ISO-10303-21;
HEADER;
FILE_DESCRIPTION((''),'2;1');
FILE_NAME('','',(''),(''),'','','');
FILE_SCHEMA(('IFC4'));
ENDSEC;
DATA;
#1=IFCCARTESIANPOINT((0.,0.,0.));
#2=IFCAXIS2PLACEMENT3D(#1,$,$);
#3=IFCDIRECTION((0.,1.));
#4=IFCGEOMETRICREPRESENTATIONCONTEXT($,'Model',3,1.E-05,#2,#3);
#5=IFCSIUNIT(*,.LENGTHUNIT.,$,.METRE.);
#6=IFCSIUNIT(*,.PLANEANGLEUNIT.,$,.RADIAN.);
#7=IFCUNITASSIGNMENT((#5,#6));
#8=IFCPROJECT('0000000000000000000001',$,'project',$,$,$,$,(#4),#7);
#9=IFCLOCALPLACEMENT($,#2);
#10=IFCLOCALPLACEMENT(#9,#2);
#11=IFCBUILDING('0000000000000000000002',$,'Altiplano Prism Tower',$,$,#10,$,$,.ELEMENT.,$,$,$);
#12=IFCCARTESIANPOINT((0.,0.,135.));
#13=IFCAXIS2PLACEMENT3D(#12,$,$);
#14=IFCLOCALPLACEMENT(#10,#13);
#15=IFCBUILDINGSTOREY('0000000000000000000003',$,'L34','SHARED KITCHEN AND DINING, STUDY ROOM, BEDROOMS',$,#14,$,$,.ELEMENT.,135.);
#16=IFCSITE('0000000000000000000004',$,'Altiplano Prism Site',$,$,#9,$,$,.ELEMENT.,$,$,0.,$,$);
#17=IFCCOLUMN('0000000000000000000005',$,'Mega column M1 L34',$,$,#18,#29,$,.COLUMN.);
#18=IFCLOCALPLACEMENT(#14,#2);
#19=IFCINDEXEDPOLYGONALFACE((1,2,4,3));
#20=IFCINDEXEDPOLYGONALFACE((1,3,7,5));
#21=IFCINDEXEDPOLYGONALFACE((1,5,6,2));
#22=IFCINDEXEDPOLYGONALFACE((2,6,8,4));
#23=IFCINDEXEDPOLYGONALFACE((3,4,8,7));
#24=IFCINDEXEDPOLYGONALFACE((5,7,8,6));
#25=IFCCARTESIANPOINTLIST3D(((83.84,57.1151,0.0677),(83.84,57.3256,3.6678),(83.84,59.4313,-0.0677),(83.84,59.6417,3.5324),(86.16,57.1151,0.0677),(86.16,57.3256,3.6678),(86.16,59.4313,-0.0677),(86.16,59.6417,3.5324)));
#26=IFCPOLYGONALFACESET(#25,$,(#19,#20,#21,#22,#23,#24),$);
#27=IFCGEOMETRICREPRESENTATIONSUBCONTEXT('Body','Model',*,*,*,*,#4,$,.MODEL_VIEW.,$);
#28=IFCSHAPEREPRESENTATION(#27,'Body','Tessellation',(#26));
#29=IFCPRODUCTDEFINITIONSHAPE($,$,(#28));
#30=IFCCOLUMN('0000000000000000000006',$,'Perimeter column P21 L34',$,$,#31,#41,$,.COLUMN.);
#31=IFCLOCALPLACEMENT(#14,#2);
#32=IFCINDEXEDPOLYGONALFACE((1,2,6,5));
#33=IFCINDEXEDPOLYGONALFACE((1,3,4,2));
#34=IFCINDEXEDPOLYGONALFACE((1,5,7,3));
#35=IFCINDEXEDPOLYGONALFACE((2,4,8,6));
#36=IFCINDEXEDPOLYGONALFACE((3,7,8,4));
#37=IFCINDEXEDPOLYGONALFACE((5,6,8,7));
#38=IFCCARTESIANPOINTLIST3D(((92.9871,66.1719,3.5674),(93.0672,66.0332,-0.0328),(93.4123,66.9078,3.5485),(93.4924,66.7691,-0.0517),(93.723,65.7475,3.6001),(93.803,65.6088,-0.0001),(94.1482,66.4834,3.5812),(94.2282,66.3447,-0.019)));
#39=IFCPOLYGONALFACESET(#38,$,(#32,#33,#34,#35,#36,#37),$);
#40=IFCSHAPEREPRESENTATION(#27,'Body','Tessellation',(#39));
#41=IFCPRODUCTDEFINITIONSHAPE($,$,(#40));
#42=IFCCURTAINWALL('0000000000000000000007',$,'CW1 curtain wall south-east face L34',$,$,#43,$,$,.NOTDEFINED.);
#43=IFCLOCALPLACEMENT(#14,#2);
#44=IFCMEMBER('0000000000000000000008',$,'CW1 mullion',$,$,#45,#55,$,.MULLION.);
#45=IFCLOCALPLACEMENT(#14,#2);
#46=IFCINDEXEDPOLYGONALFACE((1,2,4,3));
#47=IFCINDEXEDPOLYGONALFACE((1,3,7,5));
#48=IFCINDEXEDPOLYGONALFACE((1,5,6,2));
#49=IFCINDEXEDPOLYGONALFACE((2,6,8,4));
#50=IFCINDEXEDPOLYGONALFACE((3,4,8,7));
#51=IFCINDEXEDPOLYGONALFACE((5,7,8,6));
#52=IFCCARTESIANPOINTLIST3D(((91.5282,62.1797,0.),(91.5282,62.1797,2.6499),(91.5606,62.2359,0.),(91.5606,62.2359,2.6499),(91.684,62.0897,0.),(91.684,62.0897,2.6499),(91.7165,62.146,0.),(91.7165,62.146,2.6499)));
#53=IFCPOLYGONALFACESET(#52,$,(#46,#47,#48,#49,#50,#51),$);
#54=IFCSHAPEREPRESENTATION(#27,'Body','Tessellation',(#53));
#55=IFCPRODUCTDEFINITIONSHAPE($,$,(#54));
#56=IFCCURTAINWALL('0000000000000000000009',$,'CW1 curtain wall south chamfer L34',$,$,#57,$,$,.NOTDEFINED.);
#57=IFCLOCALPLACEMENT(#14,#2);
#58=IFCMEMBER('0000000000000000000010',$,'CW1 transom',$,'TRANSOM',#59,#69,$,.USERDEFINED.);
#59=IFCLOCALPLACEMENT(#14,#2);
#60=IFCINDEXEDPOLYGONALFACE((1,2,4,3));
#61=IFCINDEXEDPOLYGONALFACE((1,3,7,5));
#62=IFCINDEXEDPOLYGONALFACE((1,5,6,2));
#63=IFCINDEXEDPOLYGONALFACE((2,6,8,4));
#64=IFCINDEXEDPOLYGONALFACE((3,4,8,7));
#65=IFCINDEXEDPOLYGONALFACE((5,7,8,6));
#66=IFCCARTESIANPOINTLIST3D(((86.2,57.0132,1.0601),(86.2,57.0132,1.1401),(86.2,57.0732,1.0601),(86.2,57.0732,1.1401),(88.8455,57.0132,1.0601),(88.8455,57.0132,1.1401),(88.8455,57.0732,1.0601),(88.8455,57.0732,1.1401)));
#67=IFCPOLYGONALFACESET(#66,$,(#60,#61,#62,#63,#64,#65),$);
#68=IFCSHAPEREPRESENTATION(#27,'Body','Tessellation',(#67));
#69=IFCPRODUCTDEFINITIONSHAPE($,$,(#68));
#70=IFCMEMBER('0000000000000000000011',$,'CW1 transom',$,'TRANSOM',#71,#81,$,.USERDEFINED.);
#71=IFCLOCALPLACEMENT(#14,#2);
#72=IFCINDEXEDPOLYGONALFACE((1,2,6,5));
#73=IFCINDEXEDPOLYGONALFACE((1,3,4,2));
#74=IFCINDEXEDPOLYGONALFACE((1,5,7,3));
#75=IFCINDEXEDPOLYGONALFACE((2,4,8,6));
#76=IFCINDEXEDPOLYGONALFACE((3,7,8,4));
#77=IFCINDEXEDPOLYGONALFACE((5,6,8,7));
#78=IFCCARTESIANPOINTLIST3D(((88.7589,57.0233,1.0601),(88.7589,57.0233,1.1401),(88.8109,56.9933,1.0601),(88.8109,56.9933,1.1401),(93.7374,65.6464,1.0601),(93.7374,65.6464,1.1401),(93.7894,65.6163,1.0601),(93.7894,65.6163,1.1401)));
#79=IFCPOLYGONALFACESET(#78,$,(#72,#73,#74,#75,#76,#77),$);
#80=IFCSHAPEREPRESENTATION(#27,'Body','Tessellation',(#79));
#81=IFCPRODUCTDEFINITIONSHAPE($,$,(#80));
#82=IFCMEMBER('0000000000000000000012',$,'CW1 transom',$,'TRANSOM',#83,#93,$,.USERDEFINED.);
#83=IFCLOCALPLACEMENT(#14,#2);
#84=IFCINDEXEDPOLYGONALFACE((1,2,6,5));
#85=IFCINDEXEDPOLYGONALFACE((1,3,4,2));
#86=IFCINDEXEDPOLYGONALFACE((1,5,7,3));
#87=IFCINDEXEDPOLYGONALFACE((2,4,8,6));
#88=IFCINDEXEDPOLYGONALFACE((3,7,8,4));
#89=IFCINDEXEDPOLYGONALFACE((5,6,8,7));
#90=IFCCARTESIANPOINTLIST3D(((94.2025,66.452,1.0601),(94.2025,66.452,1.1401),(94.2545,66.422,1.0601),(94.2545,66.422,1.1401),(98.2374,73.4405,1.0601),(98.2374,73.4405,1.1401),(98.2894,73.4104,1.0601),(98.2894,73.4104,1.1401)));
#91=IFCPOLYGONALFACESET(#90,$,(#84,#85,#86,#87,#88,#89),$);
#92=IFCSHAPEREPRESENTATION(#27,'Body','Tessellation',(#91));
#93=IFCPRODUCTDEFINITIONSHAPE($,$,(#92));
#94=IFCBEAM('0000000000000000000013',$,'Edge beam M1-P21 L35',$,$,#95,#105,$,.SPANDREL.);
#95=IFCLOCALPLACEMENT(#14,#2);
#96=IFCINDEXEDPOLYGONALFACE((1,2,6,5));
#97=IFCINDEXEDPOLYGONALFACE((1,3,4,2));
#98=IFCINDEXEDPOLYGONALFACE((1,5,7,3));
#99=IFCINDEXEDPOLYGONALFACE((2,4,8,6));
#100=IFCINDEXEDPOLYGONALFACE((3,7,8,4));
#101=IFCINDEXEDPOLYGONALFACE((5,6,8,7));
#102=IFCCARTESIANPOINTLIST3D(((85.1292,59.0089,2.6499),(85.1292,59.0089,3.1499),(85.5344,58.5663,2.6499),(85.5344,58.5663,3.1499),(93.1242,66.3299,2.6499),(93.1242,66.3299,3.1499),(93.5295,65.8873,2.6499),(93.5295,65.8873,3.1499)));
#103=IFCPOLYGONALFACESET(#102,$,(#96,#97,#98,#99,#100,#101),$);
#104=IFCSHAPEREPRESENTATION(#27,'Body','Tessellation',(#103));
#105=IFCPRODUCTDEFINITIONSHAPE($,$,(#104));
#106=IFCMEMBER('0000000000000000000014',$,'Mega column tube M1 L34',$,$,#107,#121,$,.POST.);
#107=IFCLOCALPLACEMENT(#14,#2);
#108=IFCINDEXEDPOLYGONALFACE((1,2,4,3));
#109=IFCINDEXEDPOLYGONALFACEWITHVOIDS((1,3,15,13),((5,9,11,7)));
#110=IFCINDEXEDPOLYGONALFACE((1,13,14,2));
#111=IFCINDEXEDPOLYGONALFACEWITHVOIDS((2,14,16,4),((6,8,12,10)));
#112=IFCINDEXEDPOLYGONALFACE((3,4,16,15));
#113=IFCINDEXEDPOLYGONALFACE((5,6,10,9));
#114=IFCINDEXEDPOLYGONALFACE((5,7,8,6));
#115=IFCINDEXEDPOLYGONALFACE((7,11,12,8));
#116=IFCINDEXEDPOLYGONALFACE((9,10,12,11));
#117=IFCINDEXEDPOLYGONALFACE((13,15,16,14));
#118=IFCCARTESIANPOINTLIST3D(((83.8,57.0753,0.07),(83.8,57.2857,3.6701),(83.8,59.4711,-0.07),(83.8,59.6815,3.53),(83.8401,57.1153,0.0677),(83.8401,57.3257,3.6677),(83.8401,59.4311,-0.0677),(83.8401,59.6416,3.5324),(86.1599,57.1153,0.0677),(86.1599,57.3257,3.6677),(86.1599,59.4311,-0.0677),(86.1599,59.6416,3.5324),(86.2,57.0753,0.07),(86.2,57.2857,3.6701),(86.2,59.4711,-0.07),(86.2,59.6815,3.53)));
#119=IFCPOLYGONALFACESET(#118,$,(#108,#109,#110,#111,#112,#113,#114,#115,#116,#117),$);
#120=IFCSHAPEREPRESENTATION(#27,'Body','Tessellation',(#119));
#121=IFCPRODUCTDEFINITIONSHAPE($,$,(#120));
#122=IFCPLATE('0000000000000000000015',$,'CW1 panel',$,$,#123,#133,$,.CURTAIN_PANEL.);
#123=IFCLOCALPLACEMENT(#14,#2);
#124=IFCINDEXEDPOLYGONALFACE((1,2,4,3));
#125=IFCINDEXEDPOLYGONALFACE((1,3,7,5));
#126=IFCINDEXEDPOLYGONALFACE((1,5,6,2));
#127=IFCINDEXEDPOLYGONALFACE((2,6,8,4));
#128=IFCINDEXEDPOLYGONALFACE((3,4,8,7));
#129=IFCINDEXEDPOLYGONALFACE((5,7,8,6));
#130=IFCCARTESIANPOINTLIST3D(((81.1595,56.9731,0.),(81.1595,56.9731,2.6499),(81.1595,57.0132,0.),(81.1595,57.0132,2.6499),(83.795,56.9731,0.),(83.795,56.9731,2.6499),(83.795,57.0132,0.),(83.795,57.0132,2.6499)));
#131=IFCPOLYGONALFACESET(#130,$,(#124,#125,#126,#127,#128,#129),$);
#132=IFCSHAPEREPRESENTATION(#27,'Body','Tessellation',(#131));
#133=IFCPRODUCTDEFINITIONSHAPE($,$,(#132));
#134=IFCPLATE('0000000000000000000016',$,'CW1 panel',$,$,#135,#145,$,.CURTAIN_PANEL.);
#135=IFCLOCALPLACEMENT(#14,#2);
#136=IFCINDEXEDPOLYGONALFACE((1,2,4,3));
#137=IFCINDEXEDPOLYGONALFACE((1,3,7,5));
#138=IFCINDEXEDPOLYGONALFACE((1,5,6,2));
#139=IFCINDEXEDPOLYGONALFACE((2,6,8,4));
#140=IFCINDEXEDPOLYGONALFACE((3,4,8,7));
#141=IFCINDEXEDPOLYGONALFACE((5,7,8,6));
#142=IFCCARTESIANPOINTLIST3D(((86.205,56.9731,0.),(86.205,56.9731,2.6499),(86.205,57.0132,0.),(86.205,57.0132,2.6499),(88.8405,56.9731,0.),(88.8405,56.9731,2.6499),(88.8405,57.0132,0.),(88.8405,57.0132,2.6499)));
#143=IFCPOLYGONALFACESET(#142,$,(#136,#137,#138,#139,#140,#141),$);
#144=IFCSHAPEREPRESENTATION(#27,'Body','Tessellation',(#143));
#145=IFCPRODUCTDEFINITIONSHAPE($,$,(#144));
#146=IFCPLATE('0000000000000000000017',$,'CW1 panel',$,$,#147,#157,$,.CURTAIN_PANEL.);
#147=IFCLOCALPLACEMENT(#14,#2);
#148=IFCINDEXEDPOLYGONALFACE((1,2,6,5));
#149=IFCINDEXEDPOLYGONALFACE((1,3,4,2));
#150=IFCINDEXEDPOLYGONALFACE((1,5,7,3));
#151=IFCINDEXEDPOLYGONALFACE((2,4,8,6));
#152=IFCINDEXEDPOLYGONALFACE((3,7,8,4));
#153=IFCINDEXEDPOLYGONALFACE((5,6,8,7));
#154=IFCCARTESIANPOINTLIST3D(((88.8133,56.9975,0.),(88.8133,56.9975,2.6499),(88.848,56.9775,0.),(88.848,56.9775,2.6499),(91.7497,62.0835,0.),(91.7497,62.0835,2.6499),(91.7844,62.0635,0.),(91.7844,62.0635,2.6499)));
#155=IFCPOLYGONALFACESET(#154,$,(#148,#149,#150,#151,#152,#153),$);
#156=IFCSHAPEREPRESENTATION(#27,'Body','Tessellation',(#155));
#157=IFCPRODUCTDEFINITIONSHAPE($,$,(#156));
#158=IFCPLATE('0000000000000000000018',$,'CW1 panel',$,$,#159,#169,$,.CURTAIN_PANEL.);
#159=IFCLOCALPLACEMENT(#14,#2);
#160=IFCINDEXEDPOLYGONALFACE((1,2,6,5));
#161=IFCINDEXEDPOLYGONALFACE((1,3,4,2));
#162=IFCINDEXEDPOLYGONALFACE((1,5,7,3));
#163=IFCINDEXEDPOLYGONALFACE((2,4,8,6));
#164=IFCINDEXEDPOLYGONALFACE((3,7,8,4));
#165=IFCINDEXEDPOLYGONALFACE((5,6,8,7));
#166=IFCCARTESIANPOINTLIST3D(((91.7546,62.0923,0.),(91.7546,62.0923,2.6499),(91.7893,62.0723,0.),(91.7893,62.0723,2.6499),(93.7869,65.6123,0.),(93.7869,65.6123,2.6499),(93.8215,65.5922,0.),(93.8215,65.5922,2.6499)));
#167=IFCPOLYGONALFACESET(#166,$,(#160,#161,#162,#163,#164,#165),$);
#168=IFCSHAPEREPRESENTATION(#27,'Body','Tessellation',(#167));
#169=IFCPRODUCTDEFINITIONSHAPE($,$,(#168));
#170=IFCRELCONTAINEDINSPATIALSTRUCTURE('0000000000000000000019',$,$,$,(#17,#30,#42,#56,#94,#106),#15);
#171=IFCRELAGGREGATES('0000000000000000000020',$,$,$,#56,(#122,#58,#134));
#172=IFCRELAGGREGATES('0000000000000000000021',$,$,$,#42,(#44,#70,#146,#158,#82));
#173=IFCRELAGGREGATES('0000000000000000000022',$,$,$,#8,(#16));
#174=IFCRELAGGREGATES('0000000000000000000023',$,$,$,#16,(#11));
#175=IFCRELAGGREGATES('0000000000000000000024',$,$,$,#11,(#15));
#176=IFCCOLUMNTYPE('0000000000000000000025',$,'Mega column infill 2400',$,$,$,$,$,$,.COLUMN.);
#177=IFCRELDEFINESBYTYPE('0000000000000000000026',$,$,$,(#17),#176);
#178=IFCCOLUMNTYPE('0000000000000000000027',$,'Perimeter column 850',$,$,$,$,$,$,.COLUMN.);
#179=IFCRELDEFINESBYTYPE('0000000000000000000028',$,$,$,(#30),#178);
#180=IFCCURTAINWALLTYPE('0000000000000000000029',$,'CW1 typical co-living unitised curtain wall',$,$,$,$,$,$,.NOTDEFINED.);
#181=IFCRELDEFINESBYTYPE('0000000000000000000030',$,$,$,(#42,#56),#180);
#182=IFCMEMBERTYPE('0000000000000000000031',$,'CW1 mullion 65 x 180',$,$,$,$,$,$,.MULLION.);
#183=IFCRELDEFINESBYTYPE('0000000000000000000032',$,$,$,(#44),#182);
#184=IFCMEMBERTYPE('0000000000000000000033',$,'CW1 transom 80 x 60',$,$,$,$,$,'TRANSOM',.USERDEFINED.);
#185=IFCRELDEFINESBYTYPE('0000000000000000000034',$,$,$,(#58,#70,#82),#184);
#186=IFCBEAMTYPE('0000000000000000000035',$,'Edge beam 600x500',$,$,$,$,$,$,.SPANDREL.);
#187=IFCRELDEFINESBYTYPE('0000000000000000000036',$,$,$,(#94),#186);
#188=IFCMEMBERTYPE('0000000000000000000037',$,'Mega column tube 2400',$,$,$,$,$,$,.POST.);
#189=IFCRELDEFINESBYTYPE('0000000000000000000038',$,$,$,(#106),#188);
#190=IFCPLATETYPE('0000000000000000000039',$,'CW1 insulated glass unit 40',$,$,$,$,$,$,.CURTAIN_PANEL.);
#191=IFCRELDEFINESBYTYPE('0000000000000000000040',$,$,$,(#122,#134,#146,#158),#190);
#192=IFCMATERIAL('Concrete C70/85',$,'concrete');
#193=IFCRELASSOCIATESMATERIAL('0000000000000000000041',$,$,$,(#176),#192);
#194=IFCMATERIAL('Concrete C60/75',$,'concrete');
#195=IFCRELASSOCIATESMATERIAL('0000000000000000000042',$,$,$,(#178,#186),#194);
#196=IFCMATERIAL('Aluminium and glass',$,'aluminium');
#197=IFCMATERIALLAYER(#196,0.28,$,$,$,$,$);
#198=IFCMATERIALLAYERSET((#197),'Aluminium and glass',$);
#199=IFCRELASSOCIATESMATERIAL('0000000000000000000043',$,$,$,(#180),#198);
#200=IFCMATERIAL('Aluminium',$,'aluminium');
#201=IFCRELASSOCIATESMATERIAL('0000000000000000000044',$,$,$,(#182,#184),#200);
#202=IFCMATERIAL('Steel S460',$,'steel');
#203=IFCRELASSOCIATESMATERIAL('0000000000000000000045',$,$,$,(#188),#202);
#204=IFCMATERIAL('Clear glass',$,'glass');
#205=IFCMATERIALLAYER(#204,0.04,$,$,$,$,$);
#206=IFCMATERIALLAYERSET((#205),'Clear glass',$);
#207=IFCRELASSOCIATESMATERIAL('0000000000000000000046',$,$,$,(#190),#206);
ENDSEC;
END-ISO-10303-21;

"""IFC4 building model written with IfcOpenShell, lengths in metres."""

from ifc_helpers import new_model, si_unit, direction, frame, origin, origin_2d, place, context, subcontext, project, spatial, rectangle, hollow_rectangle, extrude, material, layer, layer_set, material_profile, profile_set, type_object, element, aggregate, save


model = new_model("IFC4")

# Units and contexts
model_context = context("Model", 3, precision=1e-05, world=origin(), true_north=direction((0.0, 1.0)))
body_context = subcontext(model_context, "Body", "Model", "MODEL_VIEW")
ifc_project = project(units=[si_unit("LENGTHUNIT", "METRE"), si_unit("PLANEANGLEUNIT", "RADIAN")], contexts=[model_context])

# Site, building, storey
site_placement = place(None, origin())
site = spatial("IfcSite", under=ifc_project, at=site_placement, Name="Altiplano Prism Site", CompositionType="ELEMENT", RefElevation=0.0)
building_placement = place(site_placement, origin())
building = spatial("IfcBuilding", under=site, at=building_placement, Name="Altiplano Prism Tower", CompositionType="ELEMENT")
storey_placement = place(building_placement, frame((0.0, 0.0, 135.0)))
storey = spatial("IfcBuildingStorey", under=building, at=storey_placement, Name="L34", Description="SHARED KITCHEN AND DINING, STUDY ROOM, BEDROOMS", CompositionType="ELEMENT", Elevation=135.0)

# Columns
ifc_material_1 = material(Name="Concrete C70/85", Category="concrete")
ifc_material_profile_1 = material_profile(ifc_material_1, rectangle(XDim=2.3201, YDim=2.3201, at=origin_2d()), Name="Mega column infill 2400")
ifc_profile_set_1 = profile_set([ifc_material_profile_1], Name="Concrete C70/85")
column_type_1 = type_object("IfcColumnType", Name="Mega column infill 2400", PredefinedType="COLUMN", material=ifc_profile_set_1)
column_1_placement = place(storey_placement, frame((85.0, 58.2732, 0.0), z_axis=(0.0, 0.058357, 0.998296), x_axis=(-1.0, 0.0, 0.0)))
element("IfcColumn", 1, at=column_1_placement, inside=storey, type_object=column_type_1, Name="Mega column M1 L34", PredefinedType="COLUMN", context=body_context, shape_type="SweptSolid", body=[
    extrude(rectangle(XDim=2.3201, YDim=2.3201, at=origin_2d()), origin(), (0.0, 0.0, 1.0), 3.6062),
])
ifc_material_2 = material(Name="Concrete C60/75", Category="concrete")
ifc_material_profile_2 = material_profile(ifc_material_2, rectangle(XDim=0.8501, YDim=0.8501, at=origin_2d()), Name="Perimeter column 850")
ifc_profile_set_2 = profile_set([ifc_material_profile_2], Name="Concrete C60/75")
column_type_2 = type_object("IfcColumnType", Name="Perimeter column 850", PredefinedType="COLUMN", material=ifc_profile_set_2)
column_2_placement = place(storey_placement, frame((93.6477, 66.189, -0.0259), z_axis=(-0.022221, 0.038481, 0.999012), x_axis=(-0.500177, -0.865638, 0.022218)))
element("IfcColumn", 2, at=column_2_placement, inside=storey, type_object=column_type_2, Name="Perimeter column P21 L34", PredefinedType="COLUMN", context=body_context, shape_type="SweptSolid", body=[
    extrude(rectangle(XDim=0.8501, YDim=0.8501, at=origin_2d()), origin(), (0.0, 0.0, 1.0), 3.6038),
])

# Curtain walls, members
ifc_material_3 = material(Name="Aluminium and glass", Category="aluminium")
ifc_layer_1 = layer(ifc_material_3, 0.28)
ifc_layer_set_1 = layer_set([ifc_layer_1], Name="Aluminium and glass")
curtain_wall_type = type_object("IfcCurtainWallType", Name="CW1 typical co-living unitised curtain wall", PredefinedType="NOTDEFINED", material=ifc_layer_set_1)
curtain_wall_1_placement = place(storey_placement, origin())
curtain_wall_1 = element("IfcCurtainWall", 3, at=curtain_wall_1_placement, inside=storey, type_object=curtain_wall_type, Name="CW1 curtain wall south-east face L34", PredefinedType="NOTDEFINED")
ifc_material_4 = material(Name="Aluminium", Category="aluminium")
ifc_material_profile_3 = material_profile(ifc_material_4, rectangle(XDim=0.1799, YDim=0.0649, at=origin_2d()), Name="CW1 mullion 65 x 180")
ifc_profile_set_3 = profile_set([ifc_material_profile_3], Name="Aluminium")
member_type_1 = type_object("IfcMemberType", Name="CW1 mullion 65 x 180", PredefinedType="MULLION", material=ifc_profile_set_3)
member_1_placement = place(storey_placement, frame((91.6223, 62.1628, 0.0), z_axis=(0.0, 0.0, 1.0), x_axis=(-0.866025, 0.5, 0.0)))
member_1 = element("IfcMember", 4, at=member_1_placement, type_object=member_type_1, Name="CW1 mullion", PredefinedType="MULLION", context=body_context, shape_type="SweptSolid", body=[
    extrude(rectangle(XDim=0.1799, YDim=0.0649, at=origin_2d()), origin(), (0.0, 0.0, 1.0), 2.6499),
])
curtain_wall_2_placement = place(storey_placement, origin())
curtain_wall_2 = element("IfcCurtainWall", 5, at=curtain_wall_2_placement, inside=storey, type_object=curtain_wall_type, Name="CW1 curtain wall south chamfer L34", PredefinedType="NOTDEFINED")
ifc_material_profile_4 = material_profile(ifc_material_4, rectangle(XDim=0.0601, YDim=0.0801, at=origin_2d()), Name="CW1 transom 80 x 60")
ifc_profile_set_4 = profile_set([ifc_material_profile_4], Name="Aluminium")
member_type_2 = type_object("IfcMemberType", Name="CW1 transom 80 x 60", ElementType="TRANSOM", PredefinedType="USERDEFINED", material=ifc_profile_set_4)
member_2_placement = place(storey_placement, frame((86.2, 57.0432, 1.1001), z_axis=(1.0, 0.0, 0.0), x_axis=(0.0, 1.0, 0.0)))
member_2 = element("IfcMember", 6, at=member_2_placement, type_object=member_type_2, Name="CW1 transom", ObjectType="TRANSOM", PredefinedType="USERDEFINED", context=body_context, shape_type="SweptSolid", body=[
    extrude(rectangle(XDim=0.0601, YDim=0.0801, at=origin_2d()), origin(), (0.0, 0.0, 1.0), 2.6455),
])

# Members
member_3_placement = place(storey_placement, frame((88.7849, 57.0083, 1.1001), z_axis=(0.5, 0.866026, 0.0), x_axis=(-0.866026, 0.5, 0.0)))
member_3 = element("IfcMember", 7, at=member_3_placement, type_object=member_type_2, Name="CW1 transom", ObjectType="TRANSOM", PredefinedType="USERDEFINED", context=body_context, shape_type="SweptSolid", body=[
    extrude(rectangle(XDim=0.0601, YDim=0.0801, at=origin_2d()), origin(), (0.0, 0.0, 1.0), 9.957),
])
member_4_placement = place(storey_placement, frame((94.2285, 66.437, 1.1001), z_axis=(0.500008, 0.866021, 0.0), x_axis=(-0.866021, 0.500008, 0.0)))
member_4 = element("IfcMember", 8, at=member_4_placement, type_object=member_type_2, Name="CW1 transom", ObjectType="TRANSOM", PredefinedType="USERDEFINED", context=body_context, shape_type="SweptSolid", body=[
    extrude(rectangle(XDim=0.0601, YDim=0.0801, at=origin_2d()), origin(), (0.0, 0.0, 1.0), 8.0696),
])

# Beam
ifc_material_profile_5 = material_profile(ifc_material_2, rectangle(XDim=0.6001, YDim=0.5, at=origin_2d()), Name="Edge beam 600x500")
ifc_profile_set_5 = profile_set([ifc_material_profile_5], Name="Concrete C60/75")
beam_type = type_object("IfcBeamType", Name="Edge beam 600x500", PredefinedType="SPANDREL", material=ifc_profile_set_5)
beam_placement = place(storey_placement, frame((85.3318, 58.7876, 2.8999), z_axis=(0.737513, 0.675333, 0.0), x_axis=(-0.675333, 0.737513, 0.0)))
element("IfcBeam", 9, at=beam_placement, inside=storey, type_object=beam_type, Name="Edge beam M1-P21 L35", PredefinedType="SPANDREL", context=body_context, shape_type="SweptSolid", body=[
    extrude(rectangle(XDim=0.6001, YDim=0.5, at=origin_2d()), origin(), (0.0, 0.0, 1.0), 10.8406),
])

# Member
ifc_material_5 = material(Name="Steel S460", Category="steel")
ifc_material_profile_6 = material_profile(ifc_material_5, hollow_rectangle(XDim=2.3999, YDim=2.3999, WallThickness=0.04, at=origin_2d()), Name="Mega column tube 2400")
ifc_profile_set_6 = profile_set([ifc_material_profile_6], Name="Steel S460")
member_type_3 = type_object("IfcMemberType", Name="Mega column tube 2400", PredefinedType="POST", material=ifc_profile_set_6)
member_5_placement = place(storey_placement, frame((85.0, 58.2732, 0.0), z_axis=(0.0, 0.058357, 0.998296), x_axis=(-1.0, 0.0, 0.0)))
element("IfcMember", 10, at=member_5_placement, inside=storey, type_object=member_type_3, Name="Mega column tube M1 L34", PredefinedType="POST", context=body_context, shape_type="SweptSolid", body=[
    extrude(hollow_rectangle(XDim=2.3999, YDim=2.3999, WallThickness=0.04, at=origin_2d()), origin(), (0.0, 0.0, 1.0), 3.6062),
])

# Plates
ifc_material_6 = material(Name="Clear glass", Category="glass")
ifc_layer_2 = layer(ifc_material_6, 0.04)
ifc_layer_set_2 = layer_set([ifc_layer_2], Name="Clear glass")
plate_type = type_object("IfcPlateType", Name="CW1 insulated glass unit 40", PredefinedType="CURTAIN_PANEL", material=ifc_layer_set_2)
plate_1_placement = place(storey_placement, frame((82.4773, 56.9932, 0.0), z_axis=(0.0, 0.0, 1.0), x_axis=(1.0, 0.0, 0.0)))
plate_1 = element("IfcPlate", 11, at=plate_1_placement, type_object=plate_type, Name="CW1 panel", PredefinedType="CURTAIN_PANEL", context=body_context, shape_type="SweptSolid", body=[
    extrude(rectangle(XDim=2.6355, YDim=0.04, at=origin_2d()), origin(), (0.0, 0.0, 1.0), 2.6499),
])
plate_2_placement = place(storey_placement, frame((87.5227, 56.9932, 0.0), z_axis=(0.0, 0.0, 1.0), x_axis=(1.0, 0.0, 0.0)))
plate_2 = element("IfcPlate", 12, at=plate_2_placement, type_object=plate_type, Name="CW1 panel", PredefinedType="CURTAIN_PANEL", context=body_context, shape_type="SweptSolid", body=[
    extrude(rectangle(XDim=2.6355, YDim=0.04, at=origin_2d()), origin(), (0.0, 0.0, 1.0), 2.6499),
])
aggregate(curtain_wall_2, [plate_1, member_2, plate_2])
plate_3_placement = place(storey_placement, frame((90.2988, 59.5305, 0.0), z_axis=(0.0, 0.0, 1.0), x_axis=(0.5, 0.866025, 0.0)))
plate_3 = element("IfcPlate", 13, at=plate_3_placement, type_object=plate_type, Name="CW1 panel", PredefinedType="CURTAIN_PANEL", context=body_context, shape_type="SweptSolid", body=[
    extrude(rectangle(XDim=5.8728, YDim=0.04, at=origin_2d()), origin(), (0.0, 0.0, 1.0), 2.6499),
])
plate_4_placement = place(storey_placement, frame((92.7881, 63.8423, 0.0), z_axis=(0.0, 0.0, 1.0), x_axis=(0.5, 0.866025, 0.0)))
plate_4 = element("IfcPlate", 14, at=plate_4_placement, type_object=plate_type, Name="CW1 panel", PredefinedType="CURTAIN_PANEL", context=body_context, shape_type="SweptSolid", body=[
    extrude(rectangle(XDim=4.0645, YDim=0.04, at=origin_2d()), origin(), (0.0, 0.0, 1.0), 2.6499),
])
aggregate(curtain_wall_1, [member_1, member_3, plate_3, plate_4, member_4])

save(model, "model.ifc")
